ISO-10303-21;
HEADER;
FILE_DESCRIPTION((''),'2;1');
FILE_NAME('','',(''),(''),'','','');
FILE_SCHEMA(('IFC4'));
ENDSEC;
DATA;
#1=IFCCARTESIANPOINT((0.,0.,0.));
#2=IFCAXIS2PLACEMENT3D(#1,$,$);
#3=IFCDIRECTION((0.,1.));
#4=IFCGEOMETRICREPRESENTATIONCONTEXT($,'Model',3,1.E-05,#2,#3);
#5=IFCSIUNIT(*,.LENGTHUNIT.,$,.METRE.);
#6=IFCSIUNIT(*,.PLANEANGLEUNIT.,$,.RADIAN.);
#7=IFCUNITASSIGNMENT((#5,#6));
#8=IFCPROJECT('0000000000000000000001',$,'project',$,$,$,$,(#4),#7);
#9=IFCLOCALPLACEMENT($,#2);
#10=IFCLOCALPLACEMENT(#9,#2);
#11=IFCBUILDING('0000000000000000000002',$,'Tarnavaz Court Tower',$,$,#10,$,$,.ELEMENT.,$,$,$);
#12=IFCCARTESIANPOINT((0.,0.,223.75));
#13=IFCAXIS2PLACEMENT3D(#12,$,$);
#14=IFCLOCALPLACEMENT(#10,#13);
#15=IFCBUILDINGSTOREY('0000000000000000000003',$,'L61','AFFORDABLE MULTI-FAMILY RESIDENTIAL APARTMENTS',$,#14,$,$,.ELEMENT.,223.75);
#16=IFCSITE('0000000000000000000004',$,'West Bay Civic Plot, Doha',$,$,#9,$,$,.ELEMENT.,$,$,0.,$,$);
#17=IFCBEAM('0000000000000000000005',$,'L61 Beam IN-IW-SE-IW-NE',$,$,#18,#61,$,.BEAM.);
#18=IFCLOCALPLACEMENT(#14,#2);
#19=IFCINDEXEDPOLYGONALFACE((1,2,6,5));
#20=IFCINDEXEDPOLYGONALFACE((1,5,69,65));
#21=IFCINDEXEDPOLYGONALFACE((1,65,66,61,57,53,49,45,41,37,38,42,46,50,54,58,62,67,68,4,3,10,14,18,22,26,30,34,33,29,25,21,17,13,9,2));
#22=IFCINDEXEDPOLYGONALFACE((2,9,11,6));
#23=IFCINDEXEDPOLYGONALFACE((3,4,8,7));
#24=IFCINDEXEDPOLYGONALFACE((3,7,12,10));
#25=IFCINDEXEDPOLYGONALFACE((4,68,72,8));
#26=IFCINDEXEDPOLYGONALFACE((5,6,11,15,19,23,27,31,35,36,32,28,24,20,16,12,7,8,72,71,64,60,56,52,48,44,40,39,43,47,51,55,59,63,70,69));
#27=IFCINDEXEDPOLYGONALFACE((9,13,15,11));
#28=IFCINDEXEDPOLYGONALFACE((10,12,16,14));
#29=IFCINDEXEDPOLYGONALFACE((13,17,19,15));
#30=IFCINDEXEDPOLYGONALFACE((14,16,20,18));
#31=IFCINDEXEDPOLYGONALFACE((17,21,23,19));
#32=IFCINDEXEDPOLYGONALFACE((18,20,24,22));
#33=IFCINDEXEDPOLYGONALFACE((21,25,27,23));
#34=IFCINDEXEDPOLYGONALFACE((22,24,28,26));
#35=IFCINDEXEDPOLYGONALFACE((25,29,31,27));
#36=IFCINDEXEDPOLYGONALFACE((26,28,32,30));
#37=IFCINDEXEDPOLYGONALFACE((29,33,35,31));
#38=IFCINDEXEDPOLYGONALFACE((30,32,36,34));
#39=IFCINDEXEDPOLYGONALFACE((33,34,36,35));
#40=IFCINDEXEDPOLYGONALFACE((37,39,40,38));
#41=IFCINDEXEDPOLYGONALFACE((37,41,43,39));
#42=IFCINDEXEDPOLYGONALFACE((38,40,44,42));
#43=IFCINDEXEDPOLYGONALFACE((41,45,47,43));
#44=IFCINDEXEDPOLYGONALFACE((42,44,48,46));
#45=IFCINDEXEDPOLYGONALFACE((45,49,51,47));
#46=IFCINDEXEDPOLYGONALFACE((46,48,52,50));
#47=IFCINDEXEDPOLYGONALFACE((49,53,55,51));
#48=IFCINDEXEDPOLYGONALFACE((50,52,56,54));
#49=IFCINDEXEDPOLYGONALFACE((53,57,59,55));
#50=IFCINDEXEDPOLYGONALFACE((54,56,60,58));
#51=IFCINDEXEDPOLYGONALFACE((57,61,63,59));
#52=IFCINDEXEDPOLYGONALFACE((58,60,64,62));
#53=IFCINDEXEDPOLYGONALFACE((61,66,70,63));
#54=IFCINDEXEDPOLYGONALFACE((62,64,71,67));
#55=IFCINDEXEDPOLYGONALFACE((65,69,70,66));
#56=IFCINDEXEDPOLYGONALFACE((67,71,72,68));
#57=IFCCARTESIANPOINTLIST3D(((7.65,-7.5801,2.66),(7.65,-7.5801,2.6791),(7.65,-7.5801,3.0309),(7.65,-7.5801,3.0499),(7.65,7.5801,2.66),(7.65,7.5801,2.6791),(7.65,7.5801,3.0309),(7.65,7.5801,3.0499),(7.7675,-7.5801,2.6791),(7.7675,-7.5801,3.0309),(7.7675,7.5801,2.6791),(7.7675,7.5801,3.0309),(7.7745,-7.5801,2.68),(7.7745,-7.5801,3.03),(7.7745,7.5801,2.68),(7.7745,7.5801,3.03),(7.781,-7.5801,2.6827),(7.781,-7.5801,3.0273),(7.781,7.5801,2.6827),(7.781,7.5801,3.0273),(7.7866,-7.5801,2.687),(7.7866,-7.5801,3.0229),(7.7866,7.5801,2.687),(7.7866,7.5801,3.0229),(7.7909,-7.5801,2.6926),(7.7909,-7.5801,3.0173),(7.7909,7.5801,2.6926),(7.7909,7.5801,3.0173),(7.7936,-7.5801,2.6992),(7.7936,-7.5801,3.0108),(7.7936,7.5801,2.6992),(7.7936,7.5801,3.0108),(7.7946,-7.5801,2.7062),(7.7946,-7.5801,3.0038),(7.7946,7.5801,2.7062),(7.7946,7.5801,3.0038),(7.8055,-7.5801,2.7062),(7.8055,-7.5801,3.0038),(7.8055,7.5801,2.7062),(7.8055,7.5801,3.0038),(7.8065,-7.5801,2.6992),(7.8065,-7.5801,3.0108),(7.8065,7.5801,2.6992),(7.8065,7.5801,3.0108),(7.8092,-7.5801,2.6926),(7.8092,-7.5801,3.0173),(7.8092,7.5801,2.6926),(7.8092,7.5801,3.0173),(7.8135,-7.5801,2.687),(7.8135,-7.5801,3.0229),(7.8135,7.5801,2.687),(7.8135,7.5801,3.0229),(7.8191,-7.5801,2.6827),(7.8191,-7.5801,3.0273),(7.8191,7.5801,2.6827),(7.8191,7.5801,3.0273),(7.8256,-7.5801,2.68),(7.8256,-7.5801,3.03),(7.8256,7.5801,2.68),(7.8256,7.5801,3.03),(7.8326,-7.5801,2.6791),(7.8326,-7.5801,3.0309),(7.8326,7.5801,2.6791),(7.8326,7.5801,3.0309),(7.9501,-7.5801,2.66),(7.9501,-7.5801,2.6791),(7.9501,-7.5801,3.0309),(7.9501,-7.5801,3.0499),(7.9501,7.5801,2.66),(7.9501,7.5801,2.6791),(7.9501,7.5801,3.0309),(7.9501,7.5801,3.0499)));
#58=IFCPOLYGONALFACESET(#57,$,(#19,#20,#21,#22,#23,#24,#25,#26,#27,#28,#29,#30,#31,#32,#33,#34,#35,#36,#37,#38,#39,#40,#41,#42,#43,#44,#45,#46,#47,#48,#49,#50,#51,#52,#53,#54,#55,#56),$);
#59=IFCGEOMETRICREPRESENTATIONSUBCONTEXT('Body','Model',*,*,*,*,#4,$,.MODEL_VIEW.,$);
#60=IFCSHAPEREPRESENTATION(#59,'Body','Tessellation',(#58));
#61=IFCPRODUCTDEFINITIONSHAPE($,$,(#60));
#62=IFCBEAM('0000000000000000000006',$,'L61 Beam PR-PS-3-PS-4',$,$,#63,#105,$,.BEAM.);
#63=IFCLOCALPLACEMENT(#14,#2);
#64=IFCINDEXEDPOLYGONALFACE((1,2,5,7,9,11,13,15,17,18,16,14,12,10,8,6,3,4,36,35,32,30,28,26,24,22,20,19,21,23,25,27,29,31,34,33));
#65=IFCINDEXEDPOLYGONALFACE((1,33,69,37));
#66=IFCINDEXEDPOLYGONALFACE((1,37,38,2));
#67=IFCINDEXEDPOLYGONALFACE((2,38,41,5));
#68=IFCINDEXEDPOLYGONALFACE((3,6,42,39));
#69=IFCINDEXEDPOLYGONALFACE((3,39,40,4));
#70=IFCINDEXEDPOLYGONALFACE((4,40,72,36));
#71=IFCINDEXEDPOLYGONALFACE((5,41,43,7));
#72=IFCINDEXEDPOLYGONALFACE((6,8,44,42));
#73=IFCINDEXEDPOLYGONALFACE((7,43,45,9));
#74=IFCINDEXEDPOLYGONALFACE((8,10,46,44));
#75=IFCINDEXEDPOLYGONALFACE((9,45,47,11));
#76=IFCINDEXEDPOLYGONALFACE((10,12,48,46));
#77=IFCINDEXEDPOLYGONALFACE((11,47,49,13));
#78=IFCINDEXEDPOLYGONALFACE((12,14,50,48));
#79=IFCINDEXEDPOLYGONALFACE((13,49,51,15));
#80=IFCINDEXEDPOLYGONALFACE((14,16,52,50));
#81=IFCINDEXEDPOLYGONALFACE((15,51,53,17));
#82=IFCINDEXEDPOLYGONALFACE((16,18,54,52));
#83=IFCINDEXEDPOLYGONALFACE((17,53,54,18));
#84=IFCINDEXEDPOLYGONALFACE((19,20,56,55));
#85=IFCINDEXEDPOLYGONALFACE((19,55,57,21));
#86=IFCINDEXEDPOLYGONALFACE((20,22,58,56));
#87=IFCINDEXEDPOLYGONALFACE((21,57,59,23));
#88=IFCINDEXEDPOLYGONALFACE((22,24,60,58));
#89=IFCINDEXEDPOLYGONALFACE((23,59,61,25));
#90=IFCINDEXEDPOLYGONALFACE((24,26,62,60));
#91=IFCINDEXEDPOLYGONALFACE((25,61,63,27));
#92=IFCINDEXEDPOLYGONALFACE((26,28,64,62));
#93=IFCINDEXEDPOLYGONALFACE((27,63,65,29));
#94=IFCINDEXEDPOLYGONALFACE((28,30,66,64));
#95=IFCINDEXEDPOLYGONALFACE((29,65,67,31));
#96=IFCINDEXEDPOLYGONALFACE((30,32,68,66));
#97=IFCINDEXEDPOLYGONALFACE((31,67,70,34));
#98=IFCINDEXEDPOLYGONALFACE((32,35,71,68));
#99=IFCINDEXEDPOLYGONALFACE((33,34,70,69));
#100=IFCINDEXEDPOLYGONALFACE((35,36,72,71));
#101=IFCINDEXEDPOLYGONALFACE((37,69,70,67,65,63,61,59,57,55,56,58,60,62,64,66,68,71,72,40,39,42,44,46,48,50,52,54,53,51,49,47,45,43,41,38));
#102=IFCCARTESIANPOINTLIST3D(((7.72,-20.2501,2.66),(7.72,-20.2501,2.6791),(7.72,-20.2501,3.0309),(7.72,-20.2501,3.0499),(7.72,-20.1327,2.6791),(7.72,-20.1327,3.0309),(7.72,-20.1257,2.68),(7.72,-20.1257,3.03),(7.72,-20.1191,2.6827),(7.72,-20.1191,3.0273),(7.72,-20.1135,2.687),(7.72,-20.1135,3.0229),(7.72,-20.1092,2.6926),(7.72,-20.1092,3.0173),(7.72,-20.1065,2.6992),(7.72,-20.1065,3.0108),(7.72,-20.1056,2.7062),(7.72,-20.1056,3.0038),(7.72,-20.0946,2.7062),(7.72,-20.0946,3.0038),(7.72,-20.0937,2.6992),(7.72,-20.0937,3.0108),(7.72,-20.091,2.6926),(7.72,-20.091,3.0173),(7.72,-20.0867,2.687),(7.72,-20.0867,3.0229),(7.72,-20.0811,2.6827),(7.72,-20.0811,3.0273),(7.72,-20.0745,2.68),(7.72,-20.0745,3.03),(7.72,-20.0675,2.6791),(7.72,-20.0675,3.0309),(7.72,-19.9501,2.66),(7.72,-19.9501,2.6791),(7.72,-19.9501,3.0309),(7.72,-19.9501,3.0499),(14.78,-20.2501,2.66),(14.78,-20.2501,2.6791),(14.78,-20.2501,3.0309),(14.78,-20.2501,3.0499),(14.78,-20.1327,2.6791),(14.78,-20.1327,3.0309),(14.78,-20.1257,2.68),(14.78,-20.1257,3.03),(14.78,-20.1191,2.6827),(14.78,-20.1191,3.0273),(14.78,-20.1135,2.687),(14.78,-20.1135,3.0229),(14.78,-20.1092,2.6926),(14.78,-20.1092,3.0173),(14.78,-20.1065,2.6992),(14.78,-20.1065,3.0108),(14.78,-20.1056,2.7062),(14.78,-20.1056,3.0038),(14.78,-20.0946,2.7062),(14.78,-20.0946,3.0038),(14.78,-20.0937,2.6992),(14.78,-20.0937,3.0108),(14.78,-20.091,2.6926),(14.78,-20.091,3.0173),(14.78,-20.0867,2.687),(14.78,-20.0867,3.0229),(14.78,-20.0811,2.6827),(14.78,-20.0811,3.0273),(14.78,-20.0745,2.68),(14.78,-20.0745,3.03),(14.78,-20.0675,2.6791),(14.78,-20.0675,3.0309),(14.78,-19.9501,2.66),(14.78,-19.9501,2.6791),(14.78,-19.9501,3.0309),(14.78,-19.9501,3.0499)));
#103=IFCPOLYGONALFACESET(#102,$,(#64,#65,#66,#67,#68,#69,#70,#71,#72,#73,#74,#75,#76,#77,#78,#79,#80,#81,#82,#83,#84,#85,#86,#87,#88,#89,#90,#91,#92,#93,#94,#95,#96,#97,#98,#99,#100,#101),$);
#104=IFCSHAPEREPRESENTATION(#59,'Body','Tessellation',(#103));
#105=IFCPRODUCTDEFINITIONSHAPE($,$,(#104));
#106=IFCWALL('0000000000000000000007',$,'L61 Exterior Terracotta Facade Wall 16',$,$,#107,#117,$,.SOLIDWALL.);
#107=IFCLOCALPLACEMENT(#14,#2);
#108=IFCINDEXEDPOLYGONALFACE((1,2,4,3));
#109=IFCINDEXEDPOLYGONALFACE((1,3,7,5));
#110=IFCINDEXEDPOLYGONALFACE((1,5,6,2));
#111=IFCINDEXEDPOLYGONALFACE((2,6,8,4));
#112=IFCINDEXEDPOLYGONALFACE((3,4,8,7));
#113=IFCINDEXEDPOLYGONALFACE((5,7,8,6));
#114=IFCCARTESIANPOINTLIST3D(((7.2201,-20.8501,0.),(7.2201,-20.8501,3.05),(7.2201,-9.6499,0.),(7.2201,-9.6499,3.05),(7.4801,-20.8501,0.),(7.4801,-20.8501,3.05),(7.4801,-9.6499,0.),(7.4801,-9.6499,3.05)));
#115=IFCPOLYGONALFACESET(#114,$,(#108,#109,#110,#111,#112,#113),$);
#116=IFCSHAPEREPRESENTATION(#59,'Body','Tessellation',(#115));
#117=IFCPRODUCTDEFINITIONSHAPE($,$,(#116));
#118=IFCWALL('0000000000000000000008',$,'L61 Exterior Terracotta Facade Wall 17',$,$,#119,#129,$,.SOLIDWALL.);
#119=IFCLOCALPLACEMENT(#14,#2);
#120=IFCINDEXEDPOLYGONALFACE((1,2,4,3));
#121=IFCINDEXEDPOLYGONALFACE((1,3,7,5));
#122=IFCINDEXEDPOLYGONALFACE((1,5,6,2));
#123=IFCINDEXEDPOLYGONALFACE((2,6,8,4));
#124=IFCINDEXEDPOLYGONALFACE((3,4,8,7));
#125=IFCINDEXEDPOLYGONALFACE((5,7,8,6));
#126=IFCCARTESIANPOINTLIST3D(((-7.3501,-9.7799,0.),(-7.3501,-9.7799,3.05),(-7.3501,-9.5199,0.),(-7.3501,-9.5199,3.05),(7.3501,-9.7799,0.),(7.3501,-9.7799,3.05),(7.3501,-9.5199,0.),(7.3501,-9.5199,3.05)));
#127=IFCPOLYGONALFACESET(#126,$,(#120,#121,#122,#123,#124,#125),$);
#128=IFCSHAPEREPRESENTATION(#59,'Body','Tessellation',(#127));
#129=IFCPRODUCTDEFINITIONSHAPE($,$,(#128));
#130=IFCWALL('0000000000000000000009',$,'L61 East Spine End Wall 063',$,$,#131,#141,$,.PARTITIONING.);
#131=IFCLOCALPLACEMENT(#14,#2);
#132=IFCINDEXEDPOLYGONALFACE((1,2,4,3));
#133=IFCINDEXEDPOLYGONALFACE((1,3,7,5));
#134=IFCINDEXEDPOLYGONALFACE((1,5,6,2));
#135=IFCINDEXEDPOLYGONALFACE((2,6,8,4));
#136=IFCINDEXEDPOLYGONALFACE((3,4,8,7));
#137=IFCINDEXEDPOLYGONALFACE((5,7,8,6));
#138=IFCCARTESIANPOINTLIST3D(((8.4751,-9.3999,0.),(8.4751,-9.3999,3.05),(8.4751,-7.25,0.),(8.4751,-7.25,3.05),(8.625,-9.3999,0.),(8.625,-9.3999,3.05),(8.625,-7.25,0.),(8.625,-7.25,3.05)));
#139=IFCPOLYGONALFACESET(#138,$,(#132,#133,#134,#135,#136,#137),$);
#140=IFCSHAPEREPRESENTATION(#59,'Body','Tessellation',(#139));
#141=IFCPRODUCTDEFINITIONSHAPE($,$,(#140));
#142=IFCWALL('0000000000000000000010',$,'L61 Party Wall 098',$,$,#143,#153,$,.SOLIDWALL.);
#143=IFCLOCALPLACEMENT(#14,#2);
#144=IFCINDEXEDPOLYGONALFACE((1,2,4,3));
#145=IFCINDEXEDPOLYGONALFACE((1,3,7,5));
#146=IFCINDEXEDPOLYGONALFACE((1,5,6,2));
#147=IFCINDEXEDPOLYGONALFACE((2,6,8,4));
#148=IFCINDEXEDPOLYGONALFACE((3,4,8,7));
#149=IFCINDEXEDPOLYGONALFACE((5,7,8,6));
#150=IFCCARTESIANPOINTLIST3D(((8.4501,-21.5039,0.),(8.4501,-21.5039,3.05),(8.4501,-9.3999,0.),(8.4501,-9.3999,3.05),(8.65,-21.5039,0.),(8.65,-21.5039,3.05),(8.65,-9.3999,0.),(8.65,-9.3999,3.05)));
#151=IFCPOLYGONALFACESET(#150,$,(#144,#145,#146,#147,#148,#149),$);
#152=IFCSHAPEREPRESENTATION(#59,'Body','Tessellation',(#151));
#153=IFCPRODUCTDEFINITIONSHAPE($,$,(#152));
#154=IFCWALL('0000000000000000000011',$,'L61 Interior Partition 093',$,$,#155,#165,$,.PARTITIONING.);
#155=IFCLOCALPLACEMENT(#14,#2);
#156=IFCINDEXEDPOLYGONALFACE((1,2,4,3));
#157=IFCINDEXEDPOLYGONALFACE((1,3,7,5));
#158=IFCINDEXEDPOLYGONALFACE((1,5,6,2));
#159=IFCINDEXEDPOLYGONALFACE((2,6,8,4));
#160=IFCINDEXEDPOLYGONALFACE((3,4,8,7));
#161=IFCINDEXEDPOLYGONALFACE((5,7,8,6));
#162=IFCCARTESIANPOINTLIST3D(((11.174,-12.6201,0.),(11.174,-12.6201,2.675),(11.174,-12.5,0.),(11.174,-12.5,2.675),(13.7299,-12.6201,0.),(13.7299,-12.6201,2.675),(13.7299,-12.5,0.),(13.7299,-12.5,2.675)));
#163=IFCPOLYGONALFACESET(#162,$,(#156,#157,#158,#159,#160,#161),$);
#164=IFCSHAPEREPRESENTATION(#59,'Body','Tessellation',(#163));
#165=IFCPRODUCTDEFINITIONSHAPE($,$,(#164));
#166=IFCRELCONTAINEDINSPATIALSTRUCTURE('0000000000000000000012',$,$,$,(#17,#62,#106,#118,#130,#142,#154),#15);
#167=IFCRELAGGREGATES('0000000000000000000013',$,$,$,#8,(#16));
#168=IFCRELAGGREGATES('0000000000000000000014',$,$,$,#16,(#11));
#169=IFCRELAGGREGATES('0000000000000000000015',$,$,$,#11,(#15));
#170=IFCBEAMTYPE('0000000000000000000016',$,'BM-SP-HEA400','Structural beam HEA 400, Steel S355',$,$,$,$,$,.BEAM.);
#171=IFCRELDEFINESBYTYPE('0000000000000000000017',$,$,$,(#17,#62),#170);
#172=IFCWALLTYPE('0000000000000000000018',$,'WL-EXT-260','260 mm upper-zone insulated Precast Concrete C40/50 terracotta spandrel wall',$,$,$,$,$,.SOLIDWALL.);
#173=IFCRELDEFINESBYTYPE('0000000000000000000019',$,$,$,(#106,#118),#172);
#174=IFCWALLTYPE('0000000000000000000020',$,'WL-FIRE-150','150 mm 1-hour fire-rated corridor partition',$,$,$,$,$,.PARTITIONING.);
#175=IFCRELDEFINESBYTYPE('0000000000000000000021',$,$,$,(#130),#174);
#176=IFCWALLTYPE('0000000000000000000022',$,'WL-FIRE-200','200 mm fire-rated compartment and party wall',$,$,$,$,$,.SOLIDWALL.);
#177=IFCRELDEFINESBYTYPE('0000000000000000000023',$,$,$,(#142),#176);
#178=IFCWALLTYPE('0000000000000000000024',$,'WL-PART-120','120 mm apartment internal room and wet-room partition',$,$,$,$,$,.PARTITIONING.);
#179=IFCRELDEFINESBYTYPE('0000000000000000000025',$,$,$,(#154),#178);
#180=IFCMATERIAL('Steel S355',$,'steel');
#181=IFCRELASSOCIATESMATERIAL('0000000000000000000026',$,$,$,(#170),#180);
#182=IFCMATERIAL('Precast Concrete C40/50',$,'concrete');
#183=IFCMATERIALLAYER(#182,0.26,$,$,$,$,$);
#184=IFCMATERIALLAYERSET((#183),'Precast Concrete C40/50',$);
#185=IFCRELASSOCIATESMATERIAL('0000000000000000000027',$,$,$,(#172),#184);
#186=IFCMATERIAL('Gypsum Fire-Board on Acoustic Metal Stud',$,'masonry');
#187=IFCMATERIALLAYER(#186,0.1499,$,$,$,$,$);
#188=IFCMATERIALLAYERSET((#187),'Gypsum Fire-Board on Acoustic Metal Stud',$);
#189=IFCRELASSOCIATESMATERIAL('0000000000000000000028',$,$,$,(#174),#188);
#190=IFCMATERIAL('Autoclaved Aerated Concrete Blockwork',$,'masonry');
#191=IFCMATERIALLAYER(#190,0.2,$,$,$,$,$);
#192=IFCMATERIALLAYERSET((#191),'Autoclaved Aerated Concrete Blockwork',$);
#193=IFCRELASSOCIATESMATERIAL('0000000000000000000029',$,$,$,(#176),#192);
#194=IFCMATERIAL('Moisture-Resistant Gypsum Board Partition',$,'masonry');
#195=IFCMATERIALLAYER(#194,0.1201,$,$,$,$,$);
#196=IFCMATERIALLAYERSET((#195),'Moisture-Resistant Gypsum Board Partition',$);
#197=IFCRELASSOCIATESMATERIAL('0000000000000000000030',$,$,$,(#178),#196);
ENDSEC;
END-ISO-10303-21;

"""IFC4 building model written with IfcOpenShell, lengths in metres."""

from ifc_helpers import new_model, si_unit, direction, frame, frame_2d, origin, origin_2d, place, context, subcontext, project, spatial, rectangle, i_section, extrude, material, layer, layer_set, material_profile, profile_set, type_object, element, save


model = new_model("IFC4")

# Units and contexts
model_context = context("Model", 3, precision=1e-05, world=origin(), true_north=direction((0.0, 1.0)))
body_context = subcontext(model_context, "Body", "Model", "MODEL_VIEW")
ifc_project = project(units=[si_unit("LENGTHUNIT", "METRE"), si_unit("PLANEANGLEUNIT", "RADIAN")], contexts=[model_context])

# Site, building, storey
site_placement = place(None, origin())
site = spatial("IfcSite", under=ifc_project, at=site_placement, Name="West Bay Civic Plot, Doha", CompositionType="ELEMENT", RefElevation=0.0)
building_placement = place(site_placement, origin())
building = spatial("IfcBuilding", under=site, at=building_placement, Name="Tarnavaz Court Tower", CompositionType="ELEMENT")
storey_placement = place(building_placement, frame((0.0, 0.0, 223.75)))
storey = spatial("IfcBuildingStorey", under=building, at=storey_placement, Name="L61", Description="AFFORDABLE MULTI-FAMILY RESIDENTIAL APARTMENTS", CompositionType="ELEMENT", Elevation=223.75)

# Beams
ifc_material_1 = material(Name="Steel S355", Category="steel")
ifc_material_profile_1 = material_profile(ifc_material_1, i_section(OverallWidth=0.3, OverallDepth=0.3899, WebThickness=0.011, FlangeThickness=0.019, FilletRadius=0.0271, at=origin_2d()), Name="HEA 400")
ifc_profile_set_1 = profile_set([ifc_material_profile_1], Name="Steel S355")
beam_type_1 = type_object("IfcBeamType", Name="BM-SP-HEA400", Description="Structural beam HEA 400, Steel S355", PredefinedType="BEAM", material=ifc_profile_set_1)
beam_1_placement = place(storey_placement, frame((7.8, -7.5801, 2.855), z_axis=(0.0, 1.0, 0.0), x_axis=(-1.0, 0.0, 0.0)))
element("IfcBeam", 1, at=beam_1_placement, inside=storey, type_object=beam_type_1, Name="L61 Beam IN-IW-SE-IW-NE", PredefinedType="BEAM", context=body_context, shape_type="SweptSolid", body=[
    extrude(i_section(OverallWidth=0.3, OverallDepth=0.3899, WebThickness=0.011, FlangeThickness=0.019, FilletRadius=0.0271, at=origin_2d()), origin(), (0.0, 0.0, 1.0), 15.1602),
])
beam_2_placement = place(storey_placement, frame((7.72, -20.1001, 2.855), z_axis=(1.0, 0.0, 0.0), x_axis=(0.0, 1.0, 0.0)))
element("IfcBeam", 2, at=beam_2_placement, inside=storey, type_object=beam_type_1, Name="L61 Beam PR-PS-3-PS-4", PredefinedType="BEAM", context=body_context, shape_type="SweptSolid", body=[
    extrude(i_section(OverallWidth=0.3, OverallDepth=0.3899, WebThickness=0.011, FlangeThickness=0.019, FilletRadius=0.0271, at=origin_2d()), origin(), (0.0, 0.0, 1.0), 7.0601),
])

# Walls
ifc_material_2 = material(Name="Precast Concrete C40/50", Category="concrete")
ifc_layer_1 = layer(ifc_material_2, 0.26)
ifc_layer_set_1 = layer_set([ifc_layer_1], Name="Precast Concrete C40/50")
wall_type_1 = type_object("IfcWallType", Name="WL-EXT-260", Description="260 mm upper-zone insulated Precast Concrete C40/50 terracotta spandrel wall", PredefinedType="SOLIDWALL", material=ifc_layer_set_1)
wall_1_placement = place(storey_placement, frame((7.3501, -20.8501, 0.0), z_axis=(0.0, 0.0, 1.0), x_axis=(0.0, 1.0, 0.0)))
element("IfcWall", 3, at=wall_1_placement, inside=storey, type_object=wall_type_1, Name="L61 Exterior Terracotta Facade Wall 16", PredefinedType="SOLIDWALL", context=body_context, shape_type="SweptSolid", body=[
    extrude(rectangle(XDim=11.2002, YDim=0.26, at=frame_2d((5.6001, 0.0))), origin(), (0.0, 0.0, 1.0), 3.05),
])
wall_2_placement = place(storey_placement, frame((7.3501, -9.6499, 0.0), z_axis=(0.0, 0.0, 1.0), x_axis=(-1.0, 0.0, 0.0)))
element("IfcWall", 4, at=wall_2_placement, inside=storey, type_object=wall_type_1, Name="L61 Exterior Terracotta Facade Wall 17", PredefinedType="SOLIDWALL", context=body_context, shape_type="SweptSolid", body=[
    extrude(rectangle(XDim=14.7002, YDim=0.26, at=frame_2d((7.3501, 0.0))), origin(), (0.0, 0.0, 1.0), 3.05),
])

# Shared definitions
ifc_material_3 = material(Name="Gypsum Fire-Board on Acoustic Metal Stud", Category="masonry")
ifc_layer_2 = layer(ifc_material_3, 0.1499)
ifc_layer_set_2 = layer_set([ifc_layer_2], Name="Gypsum Fire-Board on Acoustic Metal Stud")
wall_type_2 = type_object("IfcWallType", Name="WL-FIRE-150", Description="150 mm 1-hour fire-rated corridor partition", PredefinedType="PARTITIONING", material=ifc_layer_set_2)

# Walls
wall_3_placement = place(storey_placement, frame((8.55, -9.3999, 0.0), z_axis=(0.0, 0.0, 1.0), x_axis=(0.0, 1.0, 0.0)))
element("IfcWall", 5, at=wall_3_placement, inside=storey, type_object=wall_type_2, Name="L61 East Spine End Wall 063", PredefinedType="PARTITIONING", context=body_context, shape_type="SweptSolid", body=[
    extrude(rectangle(XDim=2.1499, YDim=0.1499, at=frame_2d((1.075, 0.0))), origin(), (0.0, 0.0, 1.0), 3.05),
])
ifc_material_4 = material(Name="Autoclaved Aerated Concrete Blockwork", Category="masonry")
ifc_layer_3 = layer(ifc_material_4, 0.2)
ifc_layer_set_3 = layer_set([ifc_layer_3], Name="Autoclaved Aerated Concrete Blockwork")
wall_type_3 = type_object("IfcWallType", Name="WL-FIRE-200", Description="200 mm fire-rated compartment and party wall", PredefinedType="SOLIDWALL", material=ifc_layer_set_3)
wall_4_placement = place(storey_placement, frame((8.55, -21.5039, 0.0), z_axis=(0.0, 0.0, 1.0), x_axis=(0.0, 1.0, 0.0)))
element("IfcWall", 6, at=wall_4_placement, inside=storey, type_object=wall_type_3, Name="L61 Party Wall 098", PredefinedType="SOLIDWALL", context=body_context, shape_type="SweptSolid", body=[
    extrude(rectangle(XDim=12.104, YDim=0.2, at=frame_2d((6.052, 0.0))), origin(), (0.0, 0.0, 1.0), 3.05),
])
ifc_material_5 = material(Name="Moisture-Resistant Gypsum Board Partition", Category="masonry")
ifc_layer_4 = layer(ifc_material_5, 0.1201)
ifc_layer_set_4 = layer_set([ifc_layer_4], Name="Moisture-Resistant Gypsum Board Partition")
wall_type_4 = type_object("IfcWallType", Name="WL-PART-120", Description="120 mm apartment internal room and wet-room partition", PredefinedType="PARTITIONING", material=ifc_layer_set_4)
wall_5_placement = place(storey_placement, frame((11.1741, -12.5601, 0.0), z_axis=(0.0, 0.0, 1.0), x_axis=(1.0, 0.0, 0.0)))
element("IfcWall", 7, at=wall_5_placement, inside=storey, type_object=wall_type_4, Name="L61 Interior Partition 093", PredefinedType="PARTITIONING", context=body_context, shape_type="SweptSolid", body=[
    extrude(rectangle(XDim=2.5559, YDim=0.1201, at=frame_2d((1.2778, 0.0))), origin(), (0.0, 0.0, 1.0), 2.675),
])

save(model, "model.ifc")
